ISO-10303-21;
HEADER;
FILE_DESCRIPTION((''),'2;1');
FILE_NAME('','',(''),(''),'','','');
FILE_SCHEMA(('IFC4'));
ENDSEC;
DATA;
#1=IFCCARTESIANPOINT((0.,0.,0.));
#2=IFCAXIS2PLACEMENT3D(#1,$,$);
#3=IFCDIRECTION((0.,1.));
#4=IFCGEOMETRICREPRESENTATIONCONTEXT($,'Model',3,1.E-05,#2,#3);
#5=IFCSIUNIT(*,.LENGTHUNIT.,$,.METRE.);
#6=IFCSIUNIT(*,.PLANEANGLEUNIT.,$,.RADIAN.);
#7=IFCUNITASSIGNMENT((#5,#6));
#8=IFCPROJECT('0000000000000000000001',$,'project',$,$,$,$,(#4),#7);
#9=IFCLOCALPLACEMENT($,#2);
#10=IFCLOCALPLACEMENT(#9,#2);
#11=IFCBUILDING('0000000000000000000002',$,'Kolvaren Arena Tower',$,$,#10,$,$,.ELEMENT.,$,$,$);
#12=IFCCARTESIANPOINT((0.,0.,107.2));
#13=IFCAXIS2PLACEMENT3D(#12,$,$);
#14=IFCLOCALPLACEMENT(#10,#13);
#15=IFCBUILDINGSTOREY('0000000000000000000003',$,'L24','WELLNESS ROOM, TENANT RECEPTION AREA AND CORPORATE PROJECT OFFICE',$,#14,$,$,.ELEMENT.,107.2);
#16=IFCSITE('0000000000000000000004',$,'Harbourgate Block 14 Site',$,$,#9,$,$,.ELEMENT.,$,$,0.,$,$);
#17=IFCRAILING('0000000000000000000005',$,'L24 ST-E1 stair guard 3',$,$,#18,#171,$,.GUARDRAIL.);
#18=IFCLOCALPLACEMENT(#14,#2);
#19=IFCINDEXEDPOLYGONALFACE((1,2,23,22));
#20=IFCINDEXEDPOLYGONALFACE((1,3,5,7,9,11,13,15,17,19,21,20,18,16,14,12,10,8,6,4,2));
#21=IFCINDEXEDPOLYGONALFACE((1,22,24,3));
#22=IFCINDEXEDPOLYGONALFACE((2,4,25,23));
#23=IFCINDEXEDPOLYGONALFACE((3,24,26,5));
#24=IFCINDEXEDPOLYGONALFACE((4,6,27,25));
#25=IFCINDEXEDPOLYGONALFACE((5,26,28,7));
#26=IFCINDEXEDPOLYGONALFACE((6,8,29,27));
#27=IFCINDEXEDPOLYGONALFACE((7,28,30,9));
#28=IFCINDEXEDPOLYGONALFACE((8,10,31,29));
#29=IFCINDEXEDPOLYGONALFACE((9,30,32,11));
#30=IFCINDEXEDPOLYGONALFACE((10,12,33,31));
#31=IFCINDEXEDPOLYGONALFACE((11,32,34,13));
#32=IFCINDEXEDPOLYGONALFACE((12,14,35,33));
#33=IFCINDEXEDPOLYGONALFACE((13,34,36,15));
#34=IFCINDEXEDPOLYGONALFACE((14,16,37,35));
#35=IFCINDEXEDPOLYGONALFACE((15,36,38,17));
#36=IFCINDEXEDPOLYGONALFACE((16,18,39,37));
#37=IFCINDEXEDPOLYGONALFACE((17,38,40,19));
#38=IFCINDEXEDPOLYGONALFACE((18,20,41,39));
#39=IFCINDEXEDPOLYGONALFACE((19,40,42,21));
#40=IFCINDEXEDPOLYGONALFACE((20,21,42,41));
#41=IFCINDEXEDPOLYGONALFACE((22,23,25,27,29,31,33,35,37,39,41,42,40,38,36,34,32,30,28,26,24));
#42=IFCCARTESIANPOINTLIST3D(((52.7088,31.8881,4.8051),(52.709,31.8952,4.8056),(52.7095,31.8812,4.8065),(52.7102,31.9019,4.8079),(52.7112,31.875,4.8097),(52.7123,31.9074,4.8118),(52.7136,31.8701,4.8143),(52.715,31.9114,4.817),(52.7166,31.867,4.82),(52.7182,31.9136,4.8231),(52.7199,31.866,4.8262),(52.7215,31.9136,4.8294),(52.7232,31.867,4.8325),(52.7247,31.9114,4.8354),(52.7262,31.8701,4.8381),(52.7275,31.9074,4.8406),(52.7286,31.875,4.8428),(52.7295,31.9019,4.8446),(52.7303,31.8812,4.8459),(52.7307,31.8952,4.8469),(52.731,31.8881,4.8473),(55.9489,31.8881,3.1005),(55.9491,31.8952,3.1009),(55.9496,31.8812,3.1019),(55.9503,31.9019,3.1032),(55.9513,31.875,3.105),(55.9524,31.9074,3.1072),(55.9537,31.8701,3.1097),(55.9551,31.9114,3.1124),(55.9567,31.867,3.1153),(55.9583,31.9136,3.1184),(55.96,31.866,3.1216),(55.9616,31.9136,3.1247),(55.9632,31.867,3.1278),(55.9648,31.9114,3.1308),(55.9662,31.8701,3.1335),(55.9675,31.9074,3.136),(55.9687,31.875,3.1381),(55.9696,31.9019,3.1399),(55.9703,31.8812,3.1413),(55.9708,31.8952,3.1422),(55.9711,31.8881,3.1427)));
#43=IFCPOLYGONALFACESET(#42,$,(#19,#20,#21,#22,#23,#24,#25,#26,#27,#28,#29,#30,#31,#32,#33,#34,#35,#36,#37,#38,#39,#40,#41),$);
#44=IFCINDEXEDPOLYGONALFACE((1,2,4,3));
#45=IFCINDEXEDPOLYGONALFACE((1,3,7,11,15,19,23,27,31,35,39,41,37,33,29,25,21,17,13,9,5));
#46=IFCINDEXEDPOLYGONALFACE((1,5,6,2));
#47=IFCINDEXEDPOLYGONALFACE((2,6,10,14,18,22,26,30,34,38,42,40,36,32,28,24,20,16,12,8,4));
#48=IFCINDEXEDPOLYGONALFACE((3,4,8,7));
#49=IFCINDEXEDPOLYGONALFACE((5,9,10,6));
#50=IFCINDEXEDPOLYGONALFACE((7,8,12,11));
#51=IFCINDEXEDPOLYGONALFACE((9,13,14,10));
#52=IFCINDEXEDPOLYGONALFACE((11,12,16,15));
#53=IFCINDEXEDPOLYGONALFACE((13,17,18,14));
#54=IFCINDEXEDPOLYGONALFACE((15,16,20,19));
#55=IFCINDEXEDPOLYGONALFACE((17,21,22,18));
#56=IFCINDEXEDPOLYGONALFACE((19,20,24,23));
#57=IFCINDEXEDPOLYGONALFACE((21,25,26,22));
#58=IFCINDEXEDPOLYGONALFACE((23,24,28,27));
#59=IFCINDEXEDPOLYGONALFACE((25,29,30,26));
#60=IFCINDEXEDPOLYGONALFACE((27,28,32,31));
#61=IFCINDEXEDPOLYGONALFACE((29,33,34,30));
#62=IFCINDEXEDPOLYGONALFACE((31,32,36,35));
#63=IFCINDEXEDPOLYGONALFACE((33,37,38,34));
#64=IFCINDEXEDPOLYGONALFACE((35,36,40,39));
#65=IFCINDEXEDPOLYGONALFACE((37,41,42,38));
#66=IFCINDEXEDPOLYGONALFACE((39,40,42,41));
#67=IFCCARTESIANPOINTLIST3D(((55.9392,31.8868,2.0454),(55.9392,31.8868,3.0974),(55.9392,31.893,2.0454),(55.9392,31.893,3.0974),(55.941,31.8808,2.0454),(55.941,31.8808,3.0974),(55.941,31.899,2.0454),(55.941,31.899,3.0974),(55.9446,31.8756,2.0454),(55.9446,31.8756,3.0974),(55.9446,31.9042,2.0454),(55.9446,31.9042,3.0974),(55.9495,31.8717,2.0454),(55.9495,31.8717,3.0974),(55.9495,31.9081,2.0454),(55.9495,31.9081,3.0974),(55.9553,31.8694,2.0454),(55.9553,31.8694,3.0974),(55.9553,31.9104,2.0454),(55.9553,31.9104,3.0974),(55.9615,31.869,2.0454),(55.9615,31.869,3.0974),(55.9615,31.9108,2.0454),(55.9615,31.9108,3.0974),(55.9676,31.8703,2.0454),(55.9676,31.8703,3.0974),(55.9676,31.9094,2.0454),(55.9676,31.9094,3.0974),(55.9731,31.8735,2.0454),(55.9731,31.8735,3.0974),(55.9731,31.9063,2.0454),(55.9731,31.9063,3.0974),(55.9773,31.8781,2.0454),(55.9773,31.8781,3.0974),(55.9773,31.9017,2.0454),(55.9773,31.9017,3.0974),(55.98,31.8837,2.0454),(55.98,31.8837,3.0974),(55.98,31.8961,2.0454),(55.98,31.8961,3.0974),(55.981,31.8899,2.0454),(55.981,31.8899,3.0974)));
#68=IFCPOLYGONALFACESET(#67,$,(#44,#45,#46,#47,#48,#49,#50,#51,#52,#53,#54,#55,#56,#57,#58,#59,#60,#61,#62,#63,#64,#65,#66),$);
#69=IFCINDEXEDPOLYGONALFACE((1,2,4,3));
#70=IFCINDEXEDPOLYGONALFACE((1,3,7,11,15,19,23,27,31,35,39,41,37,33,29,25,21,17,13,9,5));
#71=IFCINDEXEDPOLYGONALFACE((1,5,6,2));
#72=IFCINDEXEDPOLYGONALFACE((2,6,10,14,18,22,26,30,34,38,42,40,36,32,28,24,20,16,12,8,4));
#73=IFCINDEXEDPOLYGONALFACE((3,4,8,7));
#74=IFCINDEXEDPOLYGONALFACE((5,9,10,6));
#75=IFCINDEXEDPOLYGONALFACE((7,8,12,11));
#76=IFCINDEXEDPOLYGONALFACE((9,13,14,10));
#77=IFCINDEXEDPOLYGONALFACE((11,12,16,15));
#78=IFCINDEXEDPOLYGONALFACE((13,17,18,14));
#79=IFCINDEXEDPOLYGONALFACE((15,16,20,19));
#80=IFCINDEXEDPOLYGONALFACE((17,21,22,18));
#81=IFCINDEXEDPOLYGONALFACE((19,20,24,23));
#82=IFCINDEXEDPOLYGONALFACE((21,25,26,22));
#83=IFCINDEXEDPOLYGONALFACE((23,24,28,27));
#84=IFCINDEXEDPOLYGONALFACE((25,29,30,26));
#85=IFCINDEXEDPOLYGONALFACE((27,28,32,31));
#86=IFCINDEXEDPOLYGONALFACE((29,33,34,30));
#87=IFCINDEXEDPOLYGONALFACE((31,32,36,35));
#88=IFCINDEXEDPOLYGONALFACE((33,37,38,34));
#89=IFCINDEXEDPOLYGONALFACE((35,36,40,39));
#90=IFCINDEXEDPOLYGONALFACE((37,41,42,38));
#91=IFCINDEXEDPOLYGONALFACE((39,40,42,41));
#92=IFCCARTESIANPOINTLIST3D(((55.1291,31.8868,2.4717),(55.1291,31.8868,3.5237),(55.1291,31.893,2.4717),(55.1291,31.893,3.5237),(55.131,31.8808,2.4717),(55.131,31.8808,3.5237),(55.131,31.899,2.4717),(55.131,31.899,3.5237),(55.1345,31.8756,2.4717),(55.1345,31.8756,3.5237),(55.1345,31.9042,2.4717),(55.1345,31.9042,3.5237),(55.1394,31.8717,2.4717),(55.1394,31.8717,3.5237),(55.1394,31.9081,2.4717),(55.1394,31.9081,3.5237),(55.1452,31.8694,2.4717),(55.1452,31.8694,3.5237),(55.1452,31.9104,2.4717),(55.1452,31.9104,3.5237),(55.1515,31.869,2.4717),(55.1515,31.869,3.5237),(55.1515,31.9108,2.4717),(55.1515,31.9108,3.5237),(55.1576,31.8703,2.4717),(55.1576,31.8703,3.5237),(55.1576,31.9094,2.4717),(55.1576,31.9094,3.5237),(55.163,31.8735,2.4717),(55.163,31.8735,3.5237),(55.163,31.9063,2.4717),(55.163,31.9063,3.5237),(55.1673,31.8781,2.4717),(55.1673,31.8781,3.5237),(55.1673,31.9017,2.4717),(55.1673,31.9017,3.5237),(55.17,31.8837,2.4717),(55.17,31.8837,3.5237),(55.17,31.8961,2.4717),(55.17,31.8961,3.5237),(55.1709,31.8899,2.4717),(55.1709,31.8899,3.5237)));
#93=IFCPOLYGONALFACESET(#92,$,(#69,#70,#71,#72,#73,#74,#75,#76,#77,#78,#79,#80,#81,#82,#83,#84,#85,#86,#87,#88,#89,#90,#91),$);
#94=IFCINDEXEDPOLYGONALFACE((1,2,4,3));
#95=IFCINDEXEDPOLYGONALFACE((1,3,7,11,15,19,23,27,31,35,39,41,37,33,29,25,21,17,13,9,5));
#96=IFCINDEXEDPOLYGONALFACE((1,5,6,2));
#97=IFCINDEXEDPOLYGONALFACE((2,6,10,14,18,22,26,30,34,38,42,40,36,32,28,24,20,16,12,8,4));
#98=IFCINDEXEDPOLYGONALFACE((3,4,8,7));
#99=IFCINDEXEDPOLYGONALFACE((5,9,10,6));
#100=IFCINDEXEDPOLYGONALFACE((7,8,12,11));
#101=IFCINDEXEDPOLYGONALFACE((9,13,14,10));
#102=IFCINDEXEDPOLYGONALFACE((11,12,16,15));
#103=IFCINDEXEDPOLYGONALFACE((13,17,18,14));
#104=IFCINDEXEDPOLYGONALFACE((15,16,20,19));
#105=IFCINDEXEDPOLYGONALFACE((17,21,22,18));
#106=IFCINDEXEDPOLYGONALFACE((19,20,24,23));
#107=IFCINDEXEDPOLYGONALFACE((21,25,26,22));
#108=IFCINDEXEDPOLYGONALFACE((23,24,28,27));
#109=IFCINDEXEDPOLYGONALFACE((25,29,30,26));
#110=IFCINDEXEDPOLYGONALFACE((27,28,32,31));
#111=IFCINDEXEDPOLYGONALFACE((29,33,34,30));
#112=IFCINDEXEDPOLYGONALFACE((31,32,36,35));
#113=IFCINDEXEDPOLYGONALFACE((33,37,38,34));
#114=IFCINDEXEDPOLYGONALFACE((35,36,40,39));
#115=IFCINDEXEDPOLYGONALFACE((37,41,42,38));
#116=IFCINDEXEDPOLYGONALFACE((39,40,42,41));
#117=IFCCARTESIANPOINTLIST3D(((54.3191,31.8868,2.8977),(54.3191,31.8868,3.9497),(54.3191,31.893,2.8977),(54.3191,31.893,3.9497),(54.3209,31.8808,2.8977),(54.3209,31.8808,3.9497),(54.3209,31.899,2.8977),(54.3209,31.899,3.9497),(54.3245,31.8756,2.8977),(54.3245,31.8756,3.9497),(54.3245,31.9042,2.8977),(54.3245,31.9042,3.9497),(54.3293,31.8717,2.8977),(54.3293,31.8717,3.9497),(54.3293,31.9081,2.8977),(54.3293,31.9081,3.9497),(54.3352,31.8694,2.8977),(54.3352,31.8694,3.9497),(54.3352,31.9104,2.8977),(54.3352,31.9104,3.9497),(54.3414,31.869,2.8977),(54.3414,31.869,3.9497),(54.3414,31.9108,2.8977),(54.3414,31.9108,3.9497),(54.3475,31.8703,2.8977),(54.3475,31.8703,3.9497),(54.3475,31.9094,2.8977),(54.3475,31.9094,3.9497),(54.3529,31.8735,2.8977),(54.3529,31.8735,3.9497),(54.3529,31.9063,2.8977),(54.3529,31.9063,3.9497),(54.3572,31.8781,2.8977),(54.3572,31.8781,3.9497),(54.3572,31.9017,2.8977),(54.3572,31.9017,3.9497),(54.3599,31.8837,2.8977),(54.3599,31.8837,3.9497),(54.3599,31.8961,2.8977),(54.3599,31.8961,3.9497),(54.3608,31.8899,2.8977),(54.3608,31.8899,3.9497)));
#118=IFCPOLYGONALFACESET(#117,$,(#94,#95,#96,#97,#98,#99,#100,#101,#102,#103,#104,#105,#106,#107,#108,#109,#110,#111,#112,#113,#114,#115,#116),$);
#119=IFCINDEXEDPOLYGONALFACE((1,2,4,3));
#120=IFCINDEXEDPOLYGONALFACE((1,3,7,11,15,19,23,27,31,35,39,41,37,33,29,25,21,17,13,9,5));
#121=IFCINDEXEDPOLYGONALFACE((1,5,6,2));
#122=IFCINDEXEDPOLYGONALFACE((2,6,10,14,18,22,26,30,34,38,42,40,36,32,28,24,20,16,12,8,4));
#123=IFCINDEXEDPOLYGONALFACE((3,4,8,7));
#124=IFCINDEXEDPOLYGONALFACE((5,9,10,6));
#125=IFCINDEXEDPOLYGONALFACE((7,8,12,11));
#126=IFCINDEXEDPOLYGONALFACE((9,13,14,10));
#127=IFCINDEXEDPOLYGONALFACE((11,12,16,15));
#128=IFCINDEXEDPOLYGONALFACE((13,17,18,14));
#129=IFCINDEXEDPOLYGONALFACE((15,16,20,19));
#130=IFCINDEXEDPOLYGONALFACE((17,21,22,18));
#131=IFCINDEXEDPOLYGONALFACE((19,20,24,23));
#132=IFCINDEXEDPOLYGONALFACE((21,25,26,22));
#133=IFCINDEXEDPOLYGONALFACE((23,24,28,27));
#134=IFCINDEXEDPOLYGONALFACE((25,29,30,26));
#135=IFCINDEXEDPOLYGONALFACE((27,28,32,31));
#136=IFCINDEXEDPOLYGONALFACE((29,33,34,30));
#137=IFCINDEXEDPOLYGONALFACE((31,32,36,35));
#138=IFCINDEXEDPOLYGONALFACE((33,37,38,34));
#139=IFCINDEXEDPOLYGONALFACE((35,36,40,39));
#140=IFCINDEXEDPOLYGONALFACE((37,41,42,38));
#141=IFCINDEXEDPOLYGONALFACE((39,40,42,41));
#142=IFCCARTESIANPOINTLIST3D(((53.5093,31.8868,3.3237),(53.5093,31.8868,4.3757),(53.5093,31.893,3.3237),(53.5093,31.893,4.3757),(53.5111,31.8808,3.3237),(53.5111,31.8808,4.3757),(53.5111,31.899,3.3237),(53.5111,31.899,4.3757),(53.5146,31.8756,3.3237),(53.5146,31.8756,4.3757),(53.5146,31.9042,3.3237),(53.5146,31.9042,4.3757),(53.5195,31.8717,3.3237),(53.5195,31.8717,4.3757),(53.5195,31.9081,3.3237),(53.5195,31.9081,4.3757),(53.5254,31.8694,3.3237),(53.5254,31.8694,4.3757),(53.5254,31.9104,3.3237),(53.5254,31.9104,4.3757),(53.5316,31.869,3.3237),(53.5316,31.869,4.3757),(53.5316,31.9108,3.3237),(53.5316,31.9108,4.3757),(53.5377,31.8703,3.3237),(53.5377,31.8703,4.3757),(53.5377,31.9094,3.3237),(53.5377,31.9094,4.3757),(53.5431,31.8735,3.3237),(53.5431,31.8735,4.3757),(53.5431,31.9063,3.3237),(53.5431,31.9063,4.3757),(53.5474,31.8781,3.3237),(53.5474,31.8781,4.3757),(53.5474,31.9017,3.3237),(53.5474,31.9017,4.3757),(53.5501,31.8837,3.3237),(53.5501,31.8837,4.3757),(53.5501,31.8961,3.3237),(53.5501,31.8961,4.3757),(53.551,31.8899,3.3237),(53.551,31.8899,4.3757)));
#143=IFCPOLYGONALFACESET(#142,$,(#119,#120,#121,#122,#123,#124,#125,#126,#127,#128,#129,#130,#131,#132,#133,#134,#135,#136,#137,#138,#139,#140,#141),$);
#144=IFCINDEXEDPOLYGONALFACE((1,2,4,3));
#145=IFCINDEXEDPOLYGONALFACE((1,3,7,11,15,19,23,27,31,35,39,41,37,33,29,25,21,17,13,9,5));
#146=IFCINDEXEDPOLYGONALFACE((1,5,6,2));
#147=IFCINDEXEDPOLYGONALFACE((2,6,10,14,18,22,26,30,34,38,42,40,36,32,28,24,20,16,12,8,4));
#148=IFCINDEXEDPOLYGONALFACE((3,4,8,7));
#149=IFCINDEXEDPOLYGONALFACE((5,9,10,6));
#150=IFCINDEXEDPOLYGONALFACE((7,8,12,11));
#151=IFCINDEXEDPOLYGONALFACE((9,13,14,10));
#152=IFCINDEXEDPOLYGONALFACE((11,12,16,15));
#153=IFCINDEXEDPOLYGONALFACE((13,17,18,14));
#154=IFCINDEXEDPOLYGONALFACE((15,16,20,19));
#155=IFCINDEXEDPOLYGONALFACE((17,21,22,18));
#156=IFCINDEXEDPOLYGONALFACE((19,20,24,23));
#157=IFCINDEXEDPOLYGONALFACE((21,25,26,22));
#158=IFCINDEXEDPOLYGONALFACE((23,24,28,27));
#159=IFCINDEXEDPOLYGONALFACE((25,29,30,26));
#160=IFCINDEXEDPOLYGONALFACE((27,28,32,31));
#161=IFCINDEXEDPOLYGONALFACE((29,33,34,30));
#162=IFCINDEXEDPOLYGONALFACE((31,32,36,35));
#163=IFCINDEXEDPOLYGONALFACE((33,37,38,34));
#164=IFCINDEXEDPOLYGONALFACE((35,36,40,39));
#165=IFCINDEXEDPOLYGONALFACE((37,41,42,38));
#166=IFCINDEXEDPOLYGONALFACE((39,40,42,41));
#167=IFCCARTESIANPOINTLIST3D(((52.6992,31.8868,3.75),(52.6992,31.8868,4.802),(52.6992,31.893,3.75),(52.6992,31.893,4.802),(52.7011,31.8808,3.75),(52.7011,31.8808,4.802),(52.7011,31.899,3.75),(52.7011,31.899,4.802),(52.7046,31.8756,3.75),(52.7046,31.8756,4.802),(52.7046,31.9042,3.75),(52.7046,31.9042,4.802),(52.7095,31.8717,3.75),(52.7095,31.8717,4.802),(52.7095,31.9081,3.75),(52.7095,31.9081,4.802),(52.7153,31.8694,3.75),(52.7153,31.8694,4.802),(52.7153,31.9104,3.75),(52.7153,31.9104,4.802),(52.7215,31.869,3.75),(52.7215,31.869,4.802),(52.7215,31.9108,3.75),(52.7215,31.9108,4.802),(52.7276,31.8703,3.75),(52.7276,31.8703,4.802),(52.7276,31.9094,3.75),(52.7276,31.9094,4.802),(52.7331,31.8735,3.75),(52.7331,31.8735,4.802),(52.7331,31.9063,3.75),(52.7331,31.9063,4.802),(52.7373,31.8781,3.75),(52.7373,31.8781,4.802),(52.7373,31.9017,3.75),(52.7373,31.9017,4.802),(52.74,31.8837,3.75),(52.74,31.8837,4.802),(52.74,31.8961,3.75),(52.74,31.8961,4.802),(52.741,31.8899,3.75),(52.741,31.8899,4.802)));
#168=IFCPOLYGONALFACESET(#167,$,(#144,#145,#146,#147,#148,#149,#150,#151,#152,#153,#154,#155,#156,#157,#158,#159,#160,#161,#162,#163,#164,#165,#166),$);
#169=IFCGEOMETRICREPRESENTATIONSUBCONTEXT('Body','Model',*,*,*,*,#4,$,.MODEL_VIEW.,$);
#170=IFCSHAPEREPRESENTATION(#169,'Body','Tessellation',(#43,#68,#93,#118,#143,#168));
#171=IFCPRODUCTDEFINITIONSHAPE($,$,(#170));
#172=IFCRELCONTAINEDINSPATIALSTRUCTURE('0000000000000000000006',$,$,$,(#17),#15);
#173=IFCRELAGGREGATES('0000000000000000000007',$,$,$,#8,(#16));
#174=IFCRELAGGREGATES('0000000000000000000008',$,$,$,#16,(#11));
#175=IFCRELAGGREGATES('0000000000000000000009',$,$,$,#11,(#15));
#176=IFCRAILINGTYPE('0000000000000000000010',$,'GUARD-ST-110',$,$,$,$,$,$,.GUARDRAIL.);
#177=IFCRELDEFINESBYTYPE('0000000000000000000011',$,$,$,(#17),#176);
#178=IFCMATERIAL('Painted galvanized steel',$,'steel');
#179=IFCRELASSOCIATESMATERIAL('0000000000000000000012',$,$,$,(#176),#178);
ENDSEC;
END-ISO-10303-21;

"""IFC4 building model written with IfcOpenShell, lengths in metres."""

from ifc_helpers import new_model, si_unit, direction, frame, origin, origin_2d, place, context, subcontext, project, spatial, circle, extrude, material, type_object, element, save


model = new_model("IFC4")

# Units and contexts
model_context = context("Model", 3, precision=1e-05, world=origin(), true_north=direction((0.0, 1.0)))
body_context = subcontext(model_context, "Body", "Model", "MODEL_VIEW")
ifc_project = project(units=[si_unit("LENGTHUNIT", "METRE"), si_unit("PLANEANGLEUNIT", "RADIAN")], contexts=[model_context])

# Site, building, storey
site_placement = place(None, origin())
site = spatial("IfcSite", under=ifc_project, at=site_placement, Name="Harbourgate Block 14 Site", CompositionType="ELEMENT", RefElevation=0.0)
building_placement = place(site_placement, origin())
building = spatial("IfcBuilding", under=site, at=building_placement, Name="Kolvaren Arena Tower", CompositionType="ELEMENT")
storey_placement = place(building_placement, frame((0.0, 0.0, 107.2)))
storey = spatial("IfcBuildingStorey", under=building, at=storey_placement, Name="L24", Description="WELLNESS ROOM, TENANT RECEPTION AREA AND CORPORATE PROJECT OFFICE", CompositionType="ELEMENT", Elevation=107.2)

# Railing
ifc_material_1 = material(Name="Painted galvanized steel", Category="steel")
railing_type_1 = type_object("IfcRailingType", Name="GUARD-ST-110", PredefinedType="GUARDRAIL", material=ifc_material_1)
railing_1_placement = place(storey_placement, frame((55.96, 31.8899, 2.0454)))
element("IfcRailing", 1, at=railing_1_placement, inside=storey, type_object=railing_type_1, Name="L24 ST-E1 stair guard 3", PredefinedType="GUARDRAIL", context=body_context, shape_type="SweptSolid", body=[
    extrude(circle(Radius=0.0239, at=origin_2d()), frame((0.0, 0.0, 1.0762), z_axis=(-0.884993, 0.0, 0.465604), x_axis=(0.0, -1.0, 0.0)), (0.0, 0.0, 1.0), 3.6611),
    extrude(circle(Radius=0.021, at=origin_2d()), origin(), (0.0, 0.0, 1.0), 1.052),
    extrude(circle(Radius=0.021, at=origin_2d()), frame((-0.8101, 0.0, 0.4263)), (0.0, 0.0, 1.0), 1.052),
    extrude(circle(Radius=0.021, at=origin_2d()), frame((-1.6201, 0.0, 0.8523)), (0.0, 0.0, 1.0), 1.052),
    extrude(circle(Radius=0.021, at=origin_2d()), frame((-2.4299, 0.0, 1.2783)), (0.0, 0.0, 1.0), 1.052),
    extrude(circle(Radius=0.021, at=origin_2d()), frame((-3.24, 0.0, 1.7046)), (0.0, 0.0, 1.0), 1.052),
])

save(model, "model.ifc")
